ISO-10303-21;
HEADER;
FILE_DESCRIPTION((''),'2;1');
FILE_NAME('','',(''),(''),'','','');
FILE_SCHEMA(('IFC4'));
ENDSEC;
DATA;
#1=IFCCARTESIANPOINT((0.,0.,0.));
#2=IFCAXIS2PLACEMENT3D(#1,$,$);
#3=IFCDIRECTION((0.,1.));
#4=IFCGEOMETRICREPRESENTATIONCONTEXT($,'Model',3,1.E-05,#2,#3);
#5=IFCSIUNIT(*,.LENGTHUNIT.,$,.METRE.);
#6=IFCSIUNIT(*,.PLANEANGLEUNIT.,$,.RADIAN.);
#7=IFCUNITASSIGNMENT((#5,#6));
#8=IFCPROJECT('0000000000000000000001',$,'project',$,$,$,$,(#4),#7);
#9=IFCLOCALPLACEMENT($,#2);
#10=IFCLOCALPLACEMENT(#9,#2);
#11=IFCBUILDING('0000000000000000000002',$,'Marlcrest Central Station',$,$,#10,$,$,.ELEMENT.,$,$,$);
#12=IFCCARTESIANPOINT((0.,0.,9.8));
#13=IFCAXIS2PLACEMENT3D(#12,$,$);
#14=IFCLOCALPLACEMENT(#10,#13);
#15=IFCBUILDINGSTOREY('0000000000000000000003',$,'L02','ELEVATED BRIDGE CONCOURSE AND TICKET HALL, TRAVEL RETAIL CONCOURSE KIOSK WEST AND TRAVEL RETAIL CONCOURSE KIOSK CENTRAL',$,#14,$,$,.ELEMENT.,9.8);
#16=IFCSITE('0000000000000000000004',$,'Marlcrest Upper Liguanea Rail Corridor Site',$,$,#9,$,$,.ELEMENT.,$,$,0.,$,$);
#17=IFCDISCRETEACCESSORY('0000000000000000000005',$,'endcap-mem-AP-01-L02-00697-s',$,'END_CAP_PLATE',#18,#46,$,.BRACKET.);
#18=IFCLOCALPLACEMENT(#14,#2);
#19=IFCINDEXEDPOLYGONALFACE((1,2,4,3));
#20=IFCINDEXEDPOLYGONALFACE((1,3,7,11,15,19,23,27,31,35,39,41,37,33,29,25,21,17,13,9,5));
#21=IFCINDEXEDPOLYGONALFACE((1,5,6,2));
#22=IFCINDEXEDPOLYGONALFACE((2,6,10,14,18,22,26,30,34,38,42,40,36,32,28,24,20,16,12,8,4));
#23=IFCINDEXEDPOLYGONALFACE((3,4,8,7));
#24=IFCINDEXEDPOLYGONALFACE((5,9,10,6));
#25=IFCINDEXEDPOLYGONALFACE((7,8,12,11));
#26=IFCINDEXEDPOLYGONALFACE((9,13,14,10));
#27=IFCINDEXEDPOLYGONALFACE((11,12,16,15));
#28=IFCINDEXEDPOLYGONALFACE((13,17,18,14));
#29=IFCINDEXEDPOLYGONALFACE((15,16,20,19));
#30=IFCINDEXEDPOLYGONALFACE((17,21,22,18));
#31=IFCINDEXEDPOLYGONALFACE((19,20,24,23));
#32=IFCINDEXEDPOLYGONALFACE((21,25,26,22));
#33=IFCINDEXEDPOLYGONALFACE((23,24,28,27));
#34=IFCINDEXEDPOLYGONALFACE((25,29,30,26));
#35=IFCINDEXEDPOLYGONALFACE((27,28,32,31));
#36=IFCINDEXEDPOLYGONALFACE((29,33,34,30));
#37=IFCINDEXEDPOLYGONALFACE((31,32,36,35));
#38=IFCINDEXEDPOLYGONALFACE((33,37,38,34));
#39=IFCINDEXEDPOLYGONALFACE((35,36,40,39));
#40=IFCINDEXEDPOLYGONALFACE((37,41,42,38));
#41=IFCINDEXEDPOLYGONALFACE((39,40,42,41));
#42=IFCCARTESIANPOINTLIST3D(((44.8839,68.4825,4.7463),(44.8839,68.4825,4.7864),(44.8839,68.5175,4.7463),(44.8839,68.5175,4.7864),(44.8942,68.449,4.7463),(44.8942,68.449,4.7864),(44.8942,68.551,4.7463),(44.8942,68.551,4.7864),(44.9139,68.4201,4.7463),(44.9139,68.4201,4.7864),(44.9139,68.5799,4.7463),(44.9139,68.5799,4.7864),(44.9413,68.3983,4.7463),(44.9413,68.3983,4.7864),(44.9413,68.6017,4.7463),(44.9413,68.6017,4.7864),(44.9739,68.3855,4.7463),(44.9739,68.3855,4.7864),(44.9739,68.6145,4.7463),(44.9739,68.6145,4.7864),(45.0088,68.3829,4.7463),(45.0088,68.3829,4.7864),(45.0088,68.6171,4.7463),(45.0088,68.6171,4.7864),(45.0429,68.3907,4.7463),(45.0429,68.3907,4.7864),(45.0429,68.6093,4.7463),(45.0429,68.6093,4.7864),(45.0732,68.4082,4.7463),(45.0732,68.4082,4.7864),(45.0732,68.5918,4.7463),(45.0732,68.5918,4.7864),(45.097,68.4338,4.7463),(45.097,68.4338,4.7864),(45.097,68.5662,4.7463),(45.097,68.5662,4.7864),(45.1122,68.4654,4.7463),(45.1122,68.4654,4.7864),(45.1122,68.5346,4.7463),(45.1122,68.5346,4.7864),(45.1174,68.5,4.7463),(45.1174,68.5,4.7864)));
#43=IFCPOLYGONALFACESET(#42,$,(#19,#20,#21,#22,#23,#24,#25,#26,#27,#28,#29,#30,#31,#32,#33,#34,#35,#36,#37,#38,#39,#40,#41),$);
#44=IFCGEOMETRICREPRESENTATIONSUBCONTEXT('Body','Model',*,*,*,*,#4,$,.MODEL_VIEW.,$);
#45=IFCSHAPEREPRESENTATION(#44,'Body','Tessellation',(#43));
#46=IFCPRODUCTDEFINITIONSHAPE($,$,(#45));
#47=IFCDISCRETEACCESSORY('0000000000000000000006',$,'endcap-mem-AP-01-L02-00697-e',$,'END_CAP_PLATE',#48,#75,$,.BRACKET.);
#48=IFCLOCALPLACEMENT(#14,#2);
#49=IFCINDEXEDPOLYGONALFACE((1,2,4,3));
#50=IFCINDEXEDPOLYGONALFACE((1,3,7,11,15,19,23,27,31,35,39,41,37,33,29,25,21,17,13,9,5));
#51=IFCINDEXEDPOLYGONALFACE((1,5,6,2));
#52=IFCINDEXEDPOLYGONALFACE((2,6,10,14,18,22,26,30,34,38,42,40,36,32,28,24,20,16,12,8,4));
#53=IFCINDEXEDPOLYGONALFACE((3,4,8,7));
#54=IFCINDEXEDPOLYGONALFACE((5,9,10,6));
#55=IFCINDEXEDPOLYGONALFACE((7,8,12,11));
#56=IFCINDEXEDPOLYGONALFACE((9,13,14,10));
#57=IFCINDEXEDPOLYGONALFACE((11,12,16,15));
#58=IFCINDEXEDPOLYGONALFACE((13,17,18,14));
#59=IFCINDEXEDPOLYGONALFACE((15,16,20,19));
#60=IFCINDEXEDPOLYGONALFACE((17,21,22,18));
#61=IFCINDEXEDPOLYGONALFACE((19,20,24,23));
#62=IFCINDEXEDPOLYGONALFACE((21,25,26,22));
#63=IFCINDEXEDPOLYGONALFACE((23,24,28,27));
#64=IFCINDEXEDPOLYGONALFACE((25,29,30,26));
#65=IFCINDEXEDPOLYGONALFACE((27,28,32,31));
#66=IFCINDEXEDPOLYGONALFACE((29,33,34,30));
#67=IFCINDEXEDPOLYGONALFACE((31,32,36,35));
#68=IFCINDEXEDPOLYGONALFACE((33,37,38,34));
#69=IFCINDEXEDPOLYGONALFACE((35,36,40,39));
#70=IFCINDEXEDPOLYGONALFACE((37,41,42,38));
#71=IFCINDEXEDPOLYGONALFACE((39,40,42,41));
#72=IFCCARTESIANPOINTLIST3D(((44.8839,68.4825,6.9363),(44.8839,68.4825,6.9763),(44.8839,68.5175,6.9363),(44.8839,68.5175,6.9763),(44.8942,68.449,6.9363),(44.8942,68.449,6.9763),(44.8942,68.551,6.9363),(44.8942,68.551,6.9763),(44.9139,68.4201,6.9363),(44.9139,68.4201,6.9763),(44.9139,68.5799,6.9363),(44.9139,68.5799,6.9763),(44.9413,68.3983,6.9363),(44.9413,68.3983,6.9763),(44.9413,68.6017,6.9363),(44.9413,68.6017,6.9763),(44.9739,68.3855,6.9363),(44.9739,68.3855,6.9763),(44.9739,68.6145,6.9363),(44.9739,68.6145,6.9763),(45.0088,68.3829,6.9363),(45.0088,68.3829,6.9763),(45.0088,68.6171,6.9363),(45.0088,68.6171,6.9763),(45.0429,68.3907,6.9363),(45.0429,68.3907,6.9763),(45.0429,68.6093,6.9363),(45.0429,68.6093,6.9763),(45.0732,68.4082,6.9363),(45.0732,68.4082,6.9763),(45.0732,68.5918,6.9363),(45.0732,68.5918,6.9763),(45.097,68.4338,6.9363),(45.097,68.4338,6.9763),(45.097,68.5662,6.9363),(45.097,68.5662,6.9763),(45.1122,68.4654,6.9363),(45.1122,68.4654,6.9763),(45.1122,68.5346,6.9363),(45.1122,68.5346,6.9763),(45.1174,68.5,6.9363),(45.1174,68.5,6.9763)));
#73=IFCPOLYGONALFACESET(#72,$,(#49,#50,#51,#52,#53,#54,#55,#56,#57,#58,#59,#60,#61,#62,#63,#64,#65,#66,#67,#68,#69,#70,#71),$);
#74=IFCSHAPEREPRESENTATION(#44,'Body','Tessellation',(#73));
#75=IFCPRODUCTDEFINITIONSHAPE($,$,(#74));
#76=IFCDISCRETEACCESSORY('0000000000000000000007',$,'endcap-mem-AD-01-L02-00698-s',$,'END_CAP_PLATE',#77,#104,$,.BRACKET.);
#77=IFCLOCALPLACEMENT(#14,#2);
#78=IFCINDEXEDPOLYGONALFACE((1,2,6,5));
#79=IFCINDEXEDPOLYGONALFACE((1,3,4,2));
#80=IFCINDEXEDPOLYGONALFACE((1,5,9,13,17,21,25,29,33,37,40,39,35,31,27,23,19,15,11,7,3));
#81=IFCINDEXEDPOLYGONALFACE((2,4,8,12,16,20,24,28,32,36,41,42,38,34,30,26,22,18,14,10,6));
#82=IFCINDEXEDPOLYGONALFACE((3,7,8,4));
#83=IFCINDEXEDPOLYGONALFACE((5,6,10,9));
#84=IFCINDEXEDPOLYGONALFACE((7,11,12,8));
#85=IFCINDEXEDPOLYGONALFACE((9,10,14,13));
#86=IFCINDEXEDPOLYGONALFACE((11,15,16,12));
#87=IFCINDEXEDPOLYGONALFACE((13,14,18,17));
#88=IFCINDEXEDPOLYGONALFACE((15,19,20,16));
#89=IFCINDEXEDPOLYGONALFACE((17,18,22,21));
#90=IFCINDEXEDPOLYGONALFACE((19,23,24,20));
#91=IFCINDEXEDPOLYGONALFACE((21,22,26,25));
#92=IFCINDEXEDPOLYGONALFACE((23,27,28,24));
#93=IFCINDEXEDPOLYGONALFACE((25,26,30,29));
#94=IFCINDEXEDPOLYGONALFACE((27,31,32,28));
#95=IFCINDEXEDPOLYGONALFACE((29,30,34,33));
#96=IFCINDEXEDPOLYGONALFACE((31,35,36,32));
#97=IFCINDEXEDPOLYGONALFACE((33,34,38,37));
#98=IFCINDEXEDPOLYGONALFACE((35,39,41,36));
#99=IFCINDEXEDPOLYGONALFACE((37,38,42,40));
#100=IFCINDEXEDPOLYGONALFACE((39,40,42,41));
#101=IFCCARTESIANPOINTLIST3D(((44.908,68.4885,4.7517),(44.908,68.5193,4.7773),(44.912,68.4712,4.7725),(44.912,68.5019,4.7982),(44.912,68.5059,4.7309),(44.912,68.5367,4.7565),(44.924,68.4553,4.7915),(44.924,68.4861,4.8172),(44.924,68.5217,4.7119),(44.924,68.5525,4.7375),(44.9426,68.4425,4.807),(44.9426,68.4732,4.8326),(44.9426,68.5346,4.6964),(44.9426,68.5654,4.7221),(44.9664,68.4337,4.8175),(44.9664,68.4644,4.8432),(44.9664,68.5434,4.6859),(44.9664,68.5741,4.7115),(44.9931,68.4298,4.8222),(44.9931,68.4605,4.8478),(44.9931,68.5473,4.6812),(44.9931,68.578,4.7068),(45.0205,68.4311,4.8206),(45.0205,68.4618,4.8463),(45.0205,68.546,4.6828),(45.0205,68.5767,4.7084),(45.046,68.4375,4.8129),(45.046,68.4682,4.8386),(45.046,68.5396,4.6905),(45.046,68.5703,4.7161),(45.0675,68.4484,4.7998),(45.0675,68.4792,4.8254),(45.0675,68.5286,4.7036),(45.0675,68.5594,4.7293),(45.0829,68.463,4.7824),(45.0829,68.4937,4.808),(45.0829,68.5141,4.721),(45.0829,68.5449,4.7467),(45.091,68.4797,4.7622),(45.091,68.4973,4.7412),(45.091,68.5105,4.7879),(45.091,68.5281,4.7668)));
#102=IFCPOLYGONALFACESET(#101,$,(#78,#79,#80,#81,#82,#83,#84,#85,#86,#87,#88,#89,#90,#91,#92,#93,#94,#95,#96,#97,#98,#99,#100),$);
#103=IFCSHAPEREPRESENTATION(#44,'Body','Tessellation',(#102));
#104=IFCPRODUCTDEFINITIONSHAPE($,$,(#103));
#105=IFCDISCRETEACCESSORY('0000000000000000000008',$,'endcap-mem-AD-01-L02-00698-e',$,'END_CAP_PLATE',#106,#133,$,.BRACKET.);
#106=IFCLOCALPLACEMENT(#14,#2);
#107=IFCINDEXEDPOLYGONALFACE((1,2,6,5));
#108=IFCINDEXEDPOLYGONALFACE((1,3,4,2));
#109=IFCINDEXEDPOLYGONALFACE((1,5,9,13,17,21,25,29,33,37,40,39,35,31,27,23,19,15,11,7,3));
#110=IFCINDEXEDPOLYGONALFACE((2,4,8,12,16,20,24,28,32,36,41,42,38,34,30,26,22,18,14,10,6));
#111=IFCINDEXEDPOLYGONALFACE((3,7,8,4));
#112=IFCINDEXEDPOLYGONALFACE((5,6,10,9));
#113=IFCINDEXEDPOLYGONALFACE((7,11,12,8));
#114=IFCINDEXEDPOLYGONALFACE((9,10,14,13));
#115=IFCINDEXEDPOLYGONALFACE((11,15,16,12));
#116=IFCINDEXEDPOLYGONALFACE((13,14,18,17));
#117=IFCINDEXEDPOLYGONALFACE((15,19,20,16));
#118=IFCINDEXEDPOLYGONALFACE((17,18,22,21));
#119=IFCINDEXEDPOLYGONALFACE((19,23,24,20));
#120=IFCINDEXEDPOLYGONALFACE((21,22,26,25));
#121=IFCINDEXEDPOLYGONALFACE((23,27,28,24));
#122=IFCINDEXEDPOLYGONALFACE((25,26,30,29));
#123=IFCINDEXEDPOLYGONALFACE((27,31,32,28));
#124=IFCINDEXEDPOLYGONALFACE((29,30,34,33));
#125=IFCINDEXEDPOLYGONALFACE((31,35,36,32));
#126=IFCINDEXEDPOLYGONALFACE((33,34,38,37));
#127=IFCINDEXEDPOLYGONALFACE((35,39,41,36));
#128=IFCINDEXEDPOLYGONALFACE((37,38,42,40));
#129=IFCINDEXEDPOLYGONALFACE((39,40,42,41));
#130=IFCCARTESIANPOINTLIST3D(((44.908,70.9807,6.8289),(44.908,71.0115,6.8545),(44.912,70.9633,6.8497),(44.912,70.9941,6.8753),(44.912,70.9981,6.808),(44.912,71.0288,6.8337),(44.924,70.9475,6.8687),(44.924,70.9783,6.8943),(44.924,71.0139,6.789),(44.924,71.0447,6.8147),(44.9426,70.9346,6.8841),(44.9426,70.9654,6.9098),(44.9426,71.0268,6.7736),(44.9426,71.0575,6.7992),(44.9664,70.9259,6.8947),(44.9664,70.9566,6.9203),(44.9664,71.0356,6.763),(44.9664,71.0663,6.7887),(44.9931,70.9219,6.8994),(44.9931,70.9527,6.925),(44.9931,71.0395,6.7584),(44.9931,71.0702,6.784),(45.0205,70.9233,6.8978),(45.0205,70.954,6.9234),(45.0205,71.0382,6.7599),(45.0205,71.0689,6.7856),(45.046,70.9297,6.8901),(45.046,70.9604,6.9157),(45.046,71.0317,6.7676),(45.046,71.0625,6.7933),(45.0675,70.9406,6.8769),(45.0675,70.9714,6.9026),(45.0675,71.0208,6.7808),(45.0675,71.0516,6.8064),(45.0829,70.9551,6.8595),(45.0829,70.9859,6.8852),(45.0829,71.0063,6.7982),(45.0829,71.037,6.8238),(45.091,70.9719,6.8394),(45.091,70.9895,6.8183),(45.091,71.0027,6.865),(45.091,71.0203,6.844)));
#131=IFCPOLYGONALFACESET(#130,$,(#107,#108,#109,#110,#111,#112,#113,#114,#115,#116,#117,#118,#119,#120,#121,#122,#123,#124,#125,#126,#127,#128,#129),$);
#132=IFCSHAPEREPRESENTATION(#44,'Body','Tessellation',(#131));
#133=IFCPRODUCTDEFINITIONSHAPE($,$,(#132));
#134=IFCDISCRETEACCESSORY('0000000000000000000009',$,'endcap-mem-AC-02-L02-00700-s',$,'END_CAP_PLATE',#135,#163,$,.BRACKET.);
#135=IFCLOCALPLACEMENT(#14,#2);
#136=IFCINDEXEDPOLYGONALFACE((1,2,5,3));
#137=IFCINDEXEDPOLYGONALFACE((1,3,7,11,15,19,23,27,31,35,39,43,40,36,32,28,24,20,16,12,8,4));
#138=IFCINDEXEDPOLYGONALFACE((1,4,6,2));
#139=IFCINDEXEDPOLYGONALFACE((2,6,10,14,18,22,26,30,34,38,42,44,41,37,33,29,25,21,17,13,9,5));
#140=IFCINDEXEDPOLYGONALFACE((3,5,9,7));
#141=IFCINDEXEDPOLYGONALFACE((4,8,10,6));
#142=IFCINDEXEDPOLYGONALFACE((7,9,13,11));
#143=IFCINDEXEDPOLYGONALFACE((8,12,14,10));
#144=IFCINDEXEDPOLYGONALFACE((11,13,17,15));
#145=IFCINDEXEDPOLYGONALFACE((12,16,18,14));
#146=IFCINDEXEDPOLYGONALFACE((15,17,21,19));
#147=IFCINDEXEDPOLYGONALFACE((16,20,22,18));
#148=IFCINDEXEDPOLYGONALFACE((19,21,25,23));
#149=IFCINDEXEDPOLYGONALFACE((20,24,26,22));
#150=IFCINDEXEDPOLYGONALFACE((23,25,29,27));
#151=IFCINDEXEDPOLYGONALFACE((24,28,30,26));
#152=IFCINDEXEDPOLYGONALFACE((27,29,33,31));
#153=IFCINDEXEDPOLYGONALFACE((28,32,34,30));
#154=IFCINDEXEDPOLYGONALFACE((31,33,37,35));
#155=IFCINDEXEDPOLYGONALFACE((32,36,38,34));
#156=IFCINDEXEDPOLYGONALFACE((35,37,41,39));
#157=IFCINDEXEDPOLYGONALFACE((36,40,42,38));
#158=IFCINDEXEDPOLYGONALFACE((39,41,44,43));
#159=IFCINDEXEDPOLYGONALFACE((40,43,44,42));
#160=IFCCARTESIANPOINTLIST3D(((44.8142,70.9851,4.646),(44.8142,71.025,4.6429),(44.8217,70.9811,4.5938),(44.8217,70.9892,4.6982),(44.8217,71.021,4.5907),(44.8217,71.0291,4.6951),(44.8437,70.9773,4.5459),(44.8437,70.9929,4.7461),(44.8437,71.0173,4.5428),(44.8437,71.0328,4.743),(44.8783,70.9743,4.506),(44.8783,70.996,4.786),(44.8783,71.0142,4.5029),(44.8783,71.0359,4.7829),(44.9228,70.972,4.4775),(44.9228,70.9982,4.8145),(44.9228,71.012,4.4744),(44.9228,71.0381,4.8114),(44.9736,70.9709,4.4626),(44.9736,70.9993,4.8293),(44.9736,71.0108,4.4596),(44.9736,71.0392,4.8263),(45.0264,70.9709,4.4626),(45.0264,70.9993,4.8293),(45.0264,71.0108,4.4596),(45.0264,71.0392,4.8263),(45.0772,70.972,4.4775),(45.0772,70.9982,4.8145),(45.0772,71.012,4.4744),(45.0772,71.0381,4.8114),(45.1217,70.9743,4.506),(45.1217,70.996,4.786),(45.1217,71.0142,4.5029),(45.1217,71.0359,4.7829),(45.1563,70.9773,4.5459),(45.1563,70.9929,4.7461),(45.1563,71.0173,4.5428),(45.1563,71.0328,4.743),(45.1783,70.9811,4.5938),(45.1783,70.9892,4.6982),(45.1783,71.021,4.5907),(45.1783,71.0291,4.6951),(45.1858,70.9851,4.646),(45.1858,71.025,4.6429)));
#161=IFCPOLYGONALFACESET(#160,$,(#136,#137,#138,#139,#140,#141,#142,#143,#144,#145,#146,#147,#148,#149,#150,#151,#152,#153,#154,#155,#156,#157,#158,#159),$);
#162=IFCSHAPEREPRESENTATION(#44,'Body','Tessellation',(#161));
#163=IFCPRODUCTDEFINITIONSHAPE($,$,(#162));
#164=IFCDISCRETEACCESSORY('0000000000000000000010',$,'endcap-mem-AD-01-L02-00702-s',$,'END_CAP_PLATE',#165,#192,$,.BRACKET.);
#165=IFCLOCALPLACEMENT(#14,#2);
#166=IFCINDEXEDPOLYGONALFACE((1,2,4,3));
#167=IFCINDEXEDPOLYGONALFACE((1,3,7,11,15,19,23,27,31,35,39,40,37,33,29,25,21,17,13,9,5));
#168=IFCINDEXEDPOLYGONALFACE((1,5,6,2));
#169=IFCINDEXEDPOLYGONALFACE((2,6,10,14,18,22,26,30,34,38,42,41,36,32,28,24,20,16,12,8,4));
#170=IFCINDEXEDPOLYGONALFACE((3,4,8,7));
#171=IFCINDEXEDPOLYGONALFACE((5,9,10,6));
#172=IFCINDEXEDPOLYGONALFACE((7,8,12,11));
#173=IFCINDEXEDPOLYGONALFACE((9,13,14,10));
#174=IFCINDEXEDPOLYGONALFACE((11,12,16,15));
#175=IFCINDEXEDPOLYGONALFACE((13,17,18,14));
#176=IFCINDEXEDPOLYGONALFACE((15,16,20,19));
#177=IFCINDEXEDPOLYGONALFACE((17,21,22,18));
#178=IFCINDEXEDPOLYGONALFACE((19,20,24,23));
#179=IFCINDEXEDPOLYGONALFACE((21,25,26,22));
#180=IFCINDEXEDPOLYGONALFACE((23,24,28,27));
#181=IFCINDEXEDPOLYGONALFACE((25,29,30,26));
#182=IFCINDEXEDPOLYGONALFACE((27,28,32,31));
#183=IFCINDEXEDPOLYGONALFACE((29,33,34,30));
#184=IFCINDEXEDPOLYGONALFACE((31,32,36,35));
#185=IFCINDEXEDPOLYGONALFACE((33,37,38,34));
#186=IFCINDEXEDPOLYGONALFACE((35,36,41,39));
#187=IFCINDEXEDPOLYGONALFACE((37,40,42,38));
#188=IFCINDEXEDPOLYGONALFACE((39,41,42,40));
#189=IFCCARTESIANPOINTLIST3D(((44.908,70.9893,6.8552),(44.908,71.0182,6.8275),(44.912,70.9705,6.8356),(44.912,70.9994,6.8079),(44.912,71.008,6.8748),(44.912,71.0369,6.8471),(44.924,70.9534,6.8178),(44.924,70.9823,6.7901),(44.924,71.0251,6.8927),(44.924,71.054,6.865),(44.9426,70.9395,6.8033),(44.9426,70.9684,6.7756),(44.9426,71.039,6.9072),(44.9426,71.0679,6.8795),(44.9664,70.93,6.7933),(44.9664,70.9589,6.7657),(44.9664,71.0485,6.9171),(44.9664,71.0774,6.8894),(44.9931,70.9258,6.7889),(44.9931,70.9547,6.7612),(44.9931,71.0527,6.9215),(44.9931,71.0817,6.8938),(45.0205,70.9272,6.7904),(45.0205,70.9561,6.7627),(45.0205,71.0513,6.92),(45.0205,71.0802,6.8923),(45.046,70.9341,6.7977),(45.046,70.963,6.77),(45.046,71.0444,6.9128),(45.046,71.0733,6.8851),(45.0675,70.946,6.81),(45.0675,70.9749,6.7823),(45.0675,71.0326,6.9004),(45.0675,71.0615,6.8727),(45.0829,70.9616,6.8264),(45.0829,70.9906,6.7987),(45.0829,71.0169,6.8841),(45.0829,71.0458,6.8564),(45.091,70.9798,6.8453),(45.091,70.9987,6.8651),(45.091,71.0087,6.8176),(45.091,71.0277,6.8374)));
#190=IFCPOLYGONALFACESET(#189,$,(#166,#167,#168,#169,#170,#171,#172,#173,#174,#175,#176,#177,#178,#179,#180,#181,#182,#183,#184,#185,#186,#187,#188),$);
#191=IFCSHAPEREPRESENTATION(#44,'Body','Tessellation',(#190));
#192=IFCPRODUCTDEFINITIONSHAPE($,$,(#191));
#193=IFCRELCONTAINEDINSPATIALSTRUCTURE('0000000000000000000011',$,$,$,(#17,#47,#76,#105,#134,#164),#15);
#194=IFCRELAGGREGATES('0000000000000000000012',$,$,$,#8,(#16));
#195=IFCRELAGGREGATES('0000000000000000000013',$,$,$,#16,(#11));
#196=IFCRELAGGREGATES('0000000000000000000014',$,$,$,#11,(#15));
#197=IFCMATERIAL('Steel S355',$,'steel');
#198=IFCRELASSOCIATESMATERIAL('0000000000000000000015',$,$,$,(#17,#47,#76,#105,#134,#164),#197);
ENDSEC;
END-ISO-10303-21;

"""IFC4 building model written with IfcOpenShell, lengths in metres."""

from ifc_helpers import new_model, si_unit, direction, frame, origin, origin_2d, place, context, subcontext, project, spatial, circle, extrude, material, element, save


model = new_model("IFC4")

# Units and contexts
model_context = context("Model", 3, precision=1e-05, world=origin(), true_north=direction((0.0, 1.0)))
body_context = subcontext(model_context, "Body", "Model", "MODEL_VIEW")
ifc_project = project(units=[si_unit("LENGTHUNIT", "METRE"), si_unit("PLANEANGLEUNIT", "RADIAN")], contexts=[model_context])

# Site, building, storey
site_placement = place(None, origin())
site = spatial("IfcSite", under=ifc_project, at=site_placement, Name="Marlcrest Upper Liguanea Rail Corridor Site", CompositionType="ELEMENT", RefElevation=0.0)
building_placement = place(site_placement, origin())
building = spatial("IfcBuilding", under=site, at=building_placement, Name="Marlcrest Central Station", CompositionType="ELEMENT")
storey_placement = place(building_placement, frame((0.0, 0.0, 9.8)))
storey = spatial("IfcBuildingStorey", under=building, at=storey_placement, Name="L02", Description="ELEVATED BRIDGE CONCOURSE AND TICKET HALL, TRAVEL RETAIL CONCOURSE KIOSK WEST AND TRAVEL RETAIL CONCOURSE KIOSK CENTRAL", CompositionType="ELEMENT", Elevation=9.8)

# Shared definitions
ifc_material = material(Name="Steel S355", Category="steel")

# Discrete accessories
for number, where, z_axis, x_axis, name in (
    (1, (45.0, 68.5, 4.7463), (0.0, 0.0, 1.0), (1.0, 0.0, 0.0), "endcap-mem-AP-01-L02-00697-s"),
    (2, (45.0, 68.5, 6.9363), (0.0, 0.0, 1.0), (1.0, 0.0, 0.0), "endcap-mem-AP-01-L02-00697-e"),
):
    element("IfcDiscreteAccessory", number, at=place(storey_placement, frame(where, z_axis=z_axis, x_axis=x_axis)), inside=storey, material=ifc_material, Name=name, ObjectType="END_CAP_PLATE", PredefinedType="BRACKET", context=body_context, shape_type="SweptSolid", body=[
        extrude(circle(Radius=0.1174, at=origin_2d()), origin(), (0.0, 0.0, 1.0), 0.04),
    ])
for number, where, z_axis, x_axis, name in (
    (3, (45.0, 68.4885, 4.7517), (0.0, 0.76816, 0.640258), (-1.0, 0.0, 0.0), "endcap-mem-AD-01-L02-00698-s"),
    (4, (45.0, 70.9807, 6.8289), (0.0, 0.76816, 0.640258), (-1.0, 0.0, 0.0), "endcap-mem-AD-01-L02-00698-e"),
):
    element("IfcDiscreteAccessory", number, at=place(storey_placement, frame(where, z_axis=z_axis, x_axis=x_axis)), inside=storey, material=ifc_material, Name=name, ObjectType="END_CAP_PLATE", PredefinedType="BRACKET", context=body_context, shape_type="SweptSolid", body=[
        extrude(circle(Radius=0.092, at=origin_2d()), origin(), (0.0, 0.0, 1.0), 0.04),
    ])
discrete_accessory_1_placement = place(storey_placement, frame((45.0, 70.9851, 4.646), z_axis=(0.0, 0.997007, -0.077307), x_axis=(-1.0, 0.0, 0.0)))
element("IfcDiscreteAccessory", 5, at=discrete_accessory_1_placement, inside=storey, material=ifc_material, Name="endcap-mem-AC-02-L02-00700-s", ObjectType="END_CAP_PLATE", PredefinedType="BRACKET", context=body_context, shape_type="SweptSolid", body=[
    extrude(circle(Radius=0.1858, at=origin_2d()), origin(), (0.0, 0.0, 1.0), 0.04),
])
discrete_accessory_2_placement = place(storey_placement, frame((45.0, 70.9893, 6.8552), z_axis=(0.0, 0.722247, -0.691636), x_axis=(-1.0, 0.0, 0.0)))
element("IfcDiscreteAccessory", 6, at=discrete_accessory_2_placement, inside=storey, material=ifc_material, Name="endcap-mem-AD-01-L02-00702-s", ObjectType="END_CAP_PLATE", PredefinedType="BRACKET", context=body_context, shape_type="SweptSolid", body=[
    extrude(circle(Radius=0.092, at=origin_2d()), origin(), (0.0, 0.0, 1.0), 0.04),
])

save(model, "model.ifc")
